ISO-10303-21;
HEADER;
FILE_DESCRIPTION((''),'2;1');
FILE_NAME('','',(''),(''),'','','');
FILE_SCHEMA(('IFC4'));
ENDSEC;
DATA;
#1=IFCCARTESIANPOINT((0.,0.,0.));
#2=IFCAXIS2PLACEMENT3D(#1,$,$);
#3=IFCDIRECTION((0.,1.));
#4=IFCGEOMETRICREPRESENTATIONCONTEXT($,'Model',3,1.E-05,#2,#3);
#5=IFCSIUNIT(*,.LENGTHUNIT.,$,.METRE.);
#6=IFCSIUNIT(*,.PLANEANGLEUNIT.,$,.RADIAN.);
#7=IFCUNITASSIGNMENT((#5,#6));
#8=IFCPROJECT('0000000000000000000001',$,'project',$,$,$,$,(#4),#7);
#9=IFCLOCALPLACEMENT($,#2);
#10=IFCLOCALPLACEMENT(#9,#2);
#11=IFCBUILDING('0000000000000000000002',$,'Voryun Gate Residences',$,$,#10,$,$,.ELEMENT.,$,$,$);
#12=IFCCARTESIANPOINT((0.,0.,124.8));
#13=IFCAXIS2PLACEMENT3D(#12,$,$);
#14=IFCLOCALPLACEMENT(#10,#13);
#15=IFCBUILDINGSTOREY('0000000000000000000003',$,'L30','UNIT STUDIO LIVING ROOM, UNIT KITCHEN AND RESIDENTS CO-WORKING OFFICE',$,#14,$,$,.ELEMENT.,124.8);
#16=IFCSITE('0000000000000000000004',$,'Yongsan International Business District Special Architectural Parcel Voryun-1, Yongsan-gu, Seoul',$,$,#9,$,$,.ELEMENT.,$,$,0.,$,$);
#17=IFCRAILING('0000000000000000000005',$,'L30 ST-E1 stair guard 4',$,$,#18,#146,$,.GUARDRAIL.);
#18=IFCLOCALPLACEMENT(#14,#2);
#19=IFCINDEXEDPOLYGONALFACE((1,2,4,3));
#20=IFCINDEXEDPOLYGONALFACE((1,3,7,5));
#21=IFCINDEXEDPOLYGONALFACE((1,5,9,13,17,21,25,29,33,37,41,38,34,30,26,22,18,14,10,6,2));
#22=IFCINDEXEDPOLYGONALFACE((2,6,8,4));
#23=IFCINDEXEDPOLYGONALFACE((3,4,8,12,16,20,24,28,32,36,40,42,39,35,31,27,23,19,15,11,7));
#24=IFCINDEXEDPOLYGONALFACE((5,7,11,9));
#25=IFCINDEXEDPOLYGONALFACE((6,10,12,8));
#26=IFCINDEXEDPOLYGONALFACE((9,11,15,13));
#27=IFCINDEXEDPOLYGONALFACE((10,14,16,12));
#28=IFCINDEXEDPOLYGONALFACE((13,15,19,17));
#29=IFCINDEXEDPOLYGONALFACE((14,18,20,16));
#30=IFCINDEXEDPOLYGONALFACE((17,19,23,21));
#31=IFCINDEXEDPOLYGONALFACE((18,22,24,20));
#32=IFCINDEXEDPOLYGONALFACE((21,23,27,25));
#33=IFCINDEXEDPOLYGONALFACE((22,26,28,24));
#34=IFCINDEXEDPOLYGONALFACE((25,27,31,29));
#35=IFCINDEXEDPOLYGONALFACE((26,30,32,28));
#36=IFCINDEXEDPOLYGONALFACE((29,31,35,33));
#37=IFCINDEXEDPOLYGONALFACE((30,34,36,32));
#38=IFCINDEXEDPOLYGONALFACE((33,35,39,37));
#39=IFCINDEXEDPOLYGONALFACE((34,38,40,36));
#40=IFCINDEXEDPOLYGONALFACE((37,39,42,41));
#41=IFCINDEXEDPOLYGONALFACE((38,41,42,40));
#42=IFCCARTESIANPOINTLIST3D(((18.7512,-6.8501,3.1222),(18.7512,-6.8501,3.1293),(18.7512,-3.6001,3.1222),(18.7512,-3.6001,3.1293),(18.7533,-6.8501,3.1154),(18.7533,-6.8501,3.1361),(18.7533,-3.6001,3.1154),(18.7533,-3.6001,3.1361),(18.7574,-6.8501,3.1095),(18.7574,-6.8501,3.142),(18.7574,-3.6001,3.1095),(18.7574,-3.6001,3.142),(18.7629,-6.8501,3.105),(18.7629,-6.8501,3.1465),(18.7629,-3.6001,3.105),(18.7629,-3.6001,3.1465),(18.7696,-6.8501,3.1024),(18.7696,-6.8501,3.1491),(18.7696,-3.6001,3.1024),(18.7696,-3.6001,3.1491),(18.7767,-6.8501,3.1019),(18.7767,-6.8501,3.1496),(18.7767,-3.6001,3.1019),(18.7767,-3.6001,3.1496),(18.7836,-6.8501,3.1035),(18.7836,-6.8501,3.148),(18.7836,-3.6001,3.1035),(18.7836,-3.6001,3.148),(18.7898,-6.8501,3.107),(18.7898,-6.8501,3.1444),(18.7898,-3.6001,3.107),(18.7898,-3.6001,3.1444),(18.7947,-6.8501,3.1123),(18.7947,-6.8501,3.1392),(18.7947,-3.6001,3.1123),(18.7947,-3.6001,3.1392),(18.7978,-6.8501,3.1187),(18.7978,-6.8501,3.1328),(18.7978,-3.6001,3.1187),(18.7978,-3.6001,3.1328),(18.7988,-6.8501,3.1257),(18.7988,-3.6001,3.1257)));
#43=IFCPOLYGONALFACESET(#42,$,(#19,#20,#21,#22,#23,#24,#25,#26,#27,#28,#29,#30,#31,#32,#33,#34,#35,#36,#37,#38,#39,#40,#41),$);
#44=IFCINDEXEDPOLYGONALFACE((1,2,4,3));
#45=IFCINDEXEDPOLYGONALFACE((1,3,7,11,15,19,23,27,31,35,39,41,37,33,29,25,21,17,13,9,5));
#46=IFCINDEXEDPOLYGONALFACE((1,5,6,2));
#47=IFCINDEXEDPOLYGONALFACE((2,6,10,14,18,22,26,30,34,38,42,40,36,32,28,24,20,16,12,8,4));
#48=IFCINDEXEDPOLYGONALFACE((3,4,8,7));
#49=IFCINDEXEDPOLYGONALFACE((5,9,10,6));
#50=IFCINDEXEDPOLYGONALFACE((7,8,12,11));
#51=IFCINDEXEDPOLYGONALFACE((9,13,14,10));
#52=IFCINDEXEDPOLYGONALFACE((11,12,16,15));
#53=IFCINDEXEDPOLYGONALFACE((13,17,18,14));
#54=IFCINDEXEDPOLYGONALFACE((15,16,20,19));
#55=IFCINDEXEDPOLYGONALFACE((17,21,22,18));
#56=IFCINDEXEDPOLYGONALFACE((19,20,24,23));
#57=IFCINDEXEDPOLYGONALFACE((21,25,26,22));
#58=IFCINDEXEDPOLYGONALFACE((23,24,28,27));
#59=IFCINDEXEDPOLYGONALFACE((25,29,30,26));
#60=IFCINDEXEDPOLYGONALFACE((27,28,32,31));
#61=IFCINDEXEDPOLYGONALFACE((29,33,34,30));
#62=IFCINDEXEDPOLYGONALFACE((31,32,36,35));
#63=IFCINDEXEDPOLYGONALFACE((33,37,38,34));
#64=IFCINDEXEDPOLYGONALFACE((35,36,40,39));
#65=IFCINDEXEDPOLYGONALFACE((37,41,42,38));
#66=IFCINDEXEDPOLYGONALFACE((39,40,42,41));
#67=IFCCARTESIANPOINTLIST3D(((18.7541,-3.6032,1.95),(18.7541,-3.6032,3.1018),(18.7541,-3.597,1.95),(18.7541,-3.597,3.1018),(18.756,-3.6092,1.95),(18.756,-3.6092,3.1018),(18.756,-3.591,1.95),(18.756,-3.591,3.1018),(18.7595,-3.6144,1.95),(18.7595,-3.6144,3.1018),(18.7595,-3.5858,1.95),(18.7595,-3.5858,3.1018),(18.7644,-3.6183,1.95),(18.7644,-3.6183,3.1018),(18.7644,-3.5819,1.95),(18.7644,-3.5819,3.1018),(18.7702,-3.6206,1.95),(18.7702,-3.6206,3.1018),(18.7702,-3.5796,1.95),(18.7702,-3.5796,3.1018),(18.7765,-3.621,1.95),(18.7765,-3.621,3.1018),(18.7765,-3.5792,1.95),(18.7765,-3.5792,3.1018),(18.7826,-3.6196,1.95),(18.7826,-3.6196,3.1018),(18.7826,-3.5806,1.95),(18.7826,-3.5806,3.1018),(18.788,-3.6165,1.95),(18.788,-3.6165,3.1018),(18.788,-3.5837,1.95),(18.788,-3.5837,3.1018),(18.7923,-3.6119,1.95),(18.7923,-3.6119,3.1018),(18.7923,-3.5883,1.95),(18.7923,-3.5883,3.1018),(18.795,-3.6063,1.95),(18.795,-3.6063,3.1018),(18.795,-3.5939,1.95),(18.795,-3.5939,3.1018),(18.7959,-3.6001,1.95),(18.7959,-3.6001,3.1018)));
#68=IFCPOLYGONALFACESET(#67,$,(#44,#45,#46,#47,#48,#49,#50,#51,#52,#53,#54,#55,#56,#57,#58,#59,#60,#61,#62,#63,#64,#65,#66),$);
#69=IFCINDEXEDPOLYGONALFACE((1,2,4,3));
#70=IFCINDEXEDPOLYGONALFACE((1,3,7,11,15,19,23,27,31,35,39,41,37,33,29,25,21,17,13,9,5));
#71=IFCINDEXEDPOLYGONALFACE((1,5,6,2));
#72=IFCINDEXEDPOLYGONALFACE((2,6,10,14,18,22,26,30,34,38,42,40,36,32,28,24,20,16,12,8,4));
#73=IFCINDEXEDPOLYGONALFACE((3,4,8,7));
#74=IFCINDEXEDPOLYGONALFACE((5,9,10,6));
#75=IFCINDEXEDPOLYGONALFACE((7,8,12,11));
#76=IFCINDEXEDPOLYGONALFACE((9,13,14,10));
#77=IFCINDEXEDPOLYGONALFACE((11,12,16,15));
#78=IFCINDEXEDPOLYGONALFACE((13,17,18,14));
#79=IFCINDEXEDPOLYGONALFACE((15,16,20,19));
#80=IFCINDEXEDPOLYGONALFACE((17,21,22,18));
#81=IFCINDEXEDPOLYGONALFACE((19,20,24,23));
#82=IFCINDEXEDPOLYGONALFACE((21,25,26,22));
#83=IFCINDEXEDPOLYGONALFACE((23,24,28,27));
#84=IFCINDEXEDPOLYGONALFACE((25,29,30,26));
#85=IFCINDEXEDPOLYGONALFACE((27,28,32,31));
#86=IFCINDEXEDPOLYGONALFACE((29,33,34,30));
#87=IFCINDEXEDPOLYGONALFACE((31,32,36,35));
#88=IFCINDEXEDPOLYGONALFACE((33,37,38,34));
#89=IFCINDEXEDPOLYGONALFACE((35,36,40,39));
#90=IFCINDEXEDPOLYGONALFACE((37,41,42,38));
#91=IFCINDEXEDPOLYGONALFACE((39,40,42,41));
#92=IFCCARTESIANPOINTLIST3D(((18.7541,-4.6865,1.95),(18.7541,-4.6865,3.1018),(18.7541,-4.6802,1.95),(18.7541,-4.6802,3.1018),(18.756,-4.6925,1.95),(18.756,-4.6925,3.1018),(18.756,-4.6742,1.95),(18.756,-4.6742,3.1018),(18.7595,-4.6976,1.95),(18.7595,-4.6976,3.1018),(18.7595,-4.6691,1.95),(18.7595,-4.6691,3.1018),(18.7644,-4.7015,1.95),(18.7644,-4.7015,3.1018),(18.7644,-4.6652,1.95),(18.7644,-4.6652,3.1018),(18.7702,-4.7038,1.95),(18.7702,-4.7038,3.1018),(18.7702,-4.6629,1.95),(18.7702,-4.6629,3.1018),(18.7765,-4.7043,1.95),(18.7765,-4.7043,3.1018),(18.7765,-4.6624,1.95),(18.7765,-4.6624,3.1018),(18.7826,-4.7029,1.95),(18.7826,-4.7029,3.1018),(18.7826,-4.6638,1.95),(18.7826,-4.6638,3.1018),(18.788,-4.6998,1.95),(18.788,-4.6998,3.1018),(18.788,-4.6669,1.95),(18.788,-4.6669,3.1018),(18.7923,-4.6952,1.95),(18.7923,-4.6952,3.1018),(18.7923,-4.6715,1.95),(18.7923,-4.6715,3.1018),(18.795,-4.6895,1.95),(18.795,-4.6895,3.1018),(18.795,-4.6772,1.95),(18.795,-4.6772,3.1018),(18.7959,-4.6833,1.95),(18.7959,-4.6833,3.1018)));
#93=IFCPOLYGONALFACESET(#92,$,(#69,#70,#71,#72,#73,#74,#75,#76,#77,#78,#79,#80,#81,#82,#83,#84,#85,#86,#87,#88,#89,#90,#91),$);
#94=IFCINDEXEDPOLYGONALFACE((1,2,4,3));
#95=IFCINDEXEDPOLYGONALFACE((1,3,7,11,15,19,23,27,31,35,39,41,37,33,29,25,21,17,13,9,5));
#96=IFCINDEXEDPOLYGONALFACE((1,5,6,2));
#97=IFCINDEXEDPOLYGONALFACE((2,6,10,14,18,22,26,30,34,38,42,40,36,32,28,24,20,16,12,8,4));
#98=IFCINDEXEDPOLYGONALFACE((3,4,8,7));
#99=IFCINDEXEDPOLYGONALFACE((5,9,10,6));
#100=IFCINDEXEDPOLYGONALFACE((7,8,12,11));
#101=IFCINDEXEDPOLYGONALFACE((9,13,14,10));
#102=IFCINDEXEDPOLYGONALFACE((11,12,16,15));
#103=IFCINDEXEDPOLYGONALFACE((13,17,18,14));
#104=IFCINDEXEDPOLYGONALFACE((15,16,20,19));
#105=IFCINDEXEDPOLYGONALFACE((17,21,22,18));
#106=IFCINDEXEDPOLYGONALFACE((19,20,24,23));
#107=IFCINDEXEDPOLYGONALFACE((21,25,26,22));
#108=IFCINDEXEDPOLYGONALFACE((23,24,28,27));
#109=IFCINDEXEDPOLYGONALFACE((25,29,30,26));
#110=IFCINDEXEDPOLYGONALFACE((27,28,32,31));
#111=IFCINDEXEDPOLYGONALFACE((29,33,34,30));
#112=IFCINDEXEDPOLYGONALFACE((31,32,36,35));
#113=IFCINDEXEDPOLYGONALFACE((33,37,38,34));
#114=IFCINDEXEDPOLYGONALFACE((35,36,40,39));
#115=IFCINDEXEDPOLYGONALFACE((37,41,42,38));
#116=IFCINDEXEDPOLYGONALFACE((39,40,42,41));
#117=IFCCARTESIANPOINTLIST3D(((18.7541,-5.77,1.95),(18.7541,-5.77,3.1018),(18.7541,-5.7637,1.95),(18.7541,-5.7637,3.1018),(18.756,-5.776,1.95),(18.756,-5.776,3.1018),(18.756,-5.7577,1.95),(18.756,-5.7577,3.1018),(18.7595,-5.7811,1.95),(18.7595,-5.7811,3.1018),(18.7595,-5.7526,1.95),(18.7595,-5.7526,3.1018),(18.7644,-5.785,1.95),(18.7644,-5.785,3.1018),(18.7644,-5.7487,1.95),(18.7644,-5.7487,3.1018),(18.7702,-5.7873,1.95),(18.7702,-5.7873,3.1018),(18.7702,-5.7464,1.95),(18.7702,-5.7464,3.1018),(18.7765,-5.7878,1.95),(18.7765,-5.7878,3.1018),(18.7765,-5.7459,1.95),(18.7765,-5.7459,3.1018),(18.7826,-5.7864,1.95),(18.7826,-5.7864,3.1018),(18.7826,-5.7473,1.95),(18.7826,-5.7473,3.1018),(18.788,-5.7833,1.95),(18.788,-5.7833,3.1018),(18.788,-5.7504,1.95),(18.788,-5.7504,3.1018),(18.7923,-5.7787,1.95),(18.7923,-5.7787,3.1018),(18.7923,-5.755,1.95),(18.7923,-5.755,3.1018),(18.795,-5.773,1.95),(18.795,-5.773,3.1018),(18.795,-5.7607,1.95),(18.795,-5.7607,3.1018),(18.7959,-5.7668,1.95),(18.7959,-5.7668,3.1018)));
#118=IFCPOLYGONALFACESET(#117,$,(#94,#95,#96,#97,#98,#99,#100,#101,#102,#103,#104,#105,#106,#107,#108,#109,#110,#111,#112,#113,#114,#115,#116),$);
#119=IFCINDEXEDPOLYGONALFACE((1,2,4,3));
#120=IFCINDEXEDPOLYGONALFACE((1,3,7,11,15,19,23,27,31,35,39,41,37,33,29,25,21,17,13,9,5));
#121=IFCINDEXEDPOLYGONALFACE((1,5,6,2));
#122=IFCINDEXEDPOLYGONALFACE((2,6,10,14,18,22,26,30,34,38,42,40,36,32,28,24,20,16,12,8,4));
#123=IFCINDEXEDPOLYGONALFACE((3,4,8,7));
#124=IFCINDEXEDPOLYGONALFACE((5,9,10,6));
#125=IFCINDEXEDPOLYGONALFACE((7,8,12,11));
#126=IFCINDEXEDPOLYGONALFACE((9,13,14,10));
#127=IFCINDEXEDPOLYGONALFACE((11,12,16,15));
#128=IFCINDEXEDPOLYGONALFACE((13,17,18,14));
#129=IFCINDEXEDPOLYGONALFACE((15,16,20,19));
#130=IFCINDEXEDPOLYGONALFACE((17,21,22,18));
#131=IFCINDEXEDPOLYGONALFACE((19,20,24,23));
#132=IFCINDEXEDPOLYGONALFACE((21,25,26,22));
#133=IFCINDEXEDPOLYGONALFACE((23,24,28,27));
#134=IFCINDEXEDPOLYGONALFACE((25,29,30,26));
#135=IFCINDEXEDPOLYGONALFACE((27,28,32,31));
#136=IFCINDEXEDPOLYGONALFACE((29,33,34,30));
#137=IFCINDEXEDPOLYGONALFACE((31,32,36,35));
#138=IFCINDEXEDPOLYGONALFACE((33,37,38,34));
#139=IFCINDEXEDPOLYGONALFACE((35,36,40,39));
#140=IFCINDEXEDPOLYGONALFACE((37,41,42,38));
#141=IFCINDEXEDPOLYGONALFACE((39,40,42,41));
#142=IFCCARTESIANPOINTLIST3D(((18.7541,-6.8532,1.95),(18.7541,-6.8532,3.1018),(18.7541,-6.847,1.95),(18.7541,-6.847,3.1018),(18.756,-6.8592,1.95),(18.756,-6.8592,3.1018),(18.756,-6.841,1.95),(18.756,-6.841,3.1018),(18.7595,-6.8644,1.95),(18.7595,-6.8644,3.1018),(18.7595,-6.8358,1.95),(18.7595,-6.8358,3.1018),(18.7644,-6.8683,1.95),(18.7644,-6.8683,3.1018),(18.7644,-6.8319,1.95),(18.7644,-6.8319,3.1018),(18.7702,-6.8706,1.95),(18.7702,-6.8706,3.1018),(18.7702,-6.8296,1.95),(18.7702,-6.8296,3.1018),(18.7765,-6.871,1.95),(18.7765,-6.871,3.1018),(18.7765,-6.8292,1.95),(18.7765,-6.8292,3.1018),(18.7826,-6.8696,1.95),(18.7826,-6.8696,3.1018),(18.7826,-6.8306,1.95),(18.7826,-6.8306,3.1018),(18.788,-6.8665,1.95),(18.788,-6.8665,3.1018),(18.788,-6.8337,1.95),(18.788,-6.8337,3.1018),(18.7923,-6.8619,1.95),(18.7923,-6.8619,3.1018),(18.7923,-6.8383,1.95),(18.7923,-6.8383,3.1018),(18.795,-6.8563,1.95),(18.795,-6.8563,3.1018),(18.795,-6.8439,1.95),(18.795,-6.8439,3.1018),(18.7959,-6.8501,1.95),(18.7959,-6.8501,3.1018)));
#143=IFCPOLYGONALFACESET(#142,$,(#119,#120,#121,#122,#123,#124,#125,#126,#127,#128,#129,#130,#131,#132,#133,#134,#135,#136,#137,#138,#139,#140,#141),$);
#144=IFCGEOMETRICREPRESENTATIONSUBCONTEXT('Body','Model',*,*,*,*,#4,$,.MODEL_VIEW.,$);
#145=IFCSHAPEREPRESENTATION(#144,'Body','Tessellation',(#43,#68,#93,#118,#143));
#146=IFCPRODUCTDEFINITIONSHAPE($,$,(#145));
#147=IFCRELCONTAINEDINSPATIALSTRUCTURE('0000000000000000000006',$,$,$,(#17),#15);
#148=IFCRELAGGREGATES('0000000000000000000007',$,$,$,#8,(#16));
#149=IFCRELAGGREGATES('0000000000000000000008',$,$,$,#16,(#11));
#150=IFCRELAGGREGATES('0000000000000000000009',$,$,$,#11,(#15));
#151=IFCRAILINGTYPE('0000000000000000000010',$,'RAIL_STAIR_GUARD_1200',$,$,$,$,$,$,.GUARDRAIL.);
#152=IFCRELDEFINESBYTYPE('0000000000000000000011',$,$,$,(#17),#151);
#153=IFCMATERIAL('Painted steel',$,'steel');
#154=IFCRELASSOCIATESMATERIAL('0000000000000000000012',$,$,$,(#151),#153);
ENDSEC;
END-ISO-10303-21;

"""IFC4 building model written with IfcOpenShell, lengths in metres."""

from ifc_helpers import new_model, si_unit, direction, frame, origin, origin_2d, place, context, subcontext, project, spatial, circle, extrude, material, type_object, element, save


model = new_model("IFC4")

# Units and contexts
model_context = context("Model", 3, precision=1e-05, world=origin(), true_north=direction((0.0, 1.0)))
body_context = subcontext(model_context, "Body", "Model", "MODEL_VIEW")
ifc_project = project(units=[si_unit("LENGTHUNIT", "METRE"), si_unit("PLANEANGLEUNIT", "RADIAN")], contexts=[model_context])

# Site, building, storey
site_placement = place(None, origin())
site = spatial("IfcSite", under=ifc_project, at=site_placement, Name="Yongsan International Business District Special Architectural Parcel Voryun-1, Yongsan-gu, Seoul", CompositionType="ELEMENT", RefElevation=0.0)
building_placement = place(site_placement, origin())
building = spatial("IfcBuilding", under=site, at=building_placement, Name="Voryun Gate Residences", CompositionType="ELEMENT")
storey_placement = place(building_placement, frame((0.0, 0.0, 124.8)))
storey = spatial("IfcBuildingStorey", under=building, at=storey_placement, Name="L30", Description="UNIT STUDIO LIVING ROOM, UNIT KITCHEN AND RESIDENTS CO-WORKING OFFICE", CompositionType="ELEMENT", Elevation=124.8)

# Railing
ifc_material_1 = material(Name="Painted steel", Category="steel")
railing_type_1 = type_object("IfcRailingType", Name="RAIL_STAIR_GUARD_1200", PredefinedType="GUARDRAIL", material=ifc_material_1)
railing_1_placement = place(storey_placement, frame((18.7749, -3.6001, 1.95)))
element("IfcRailing", 1, at=railing_1_placement, inside=storey, type_object=railing_type_1, Name="L30 ST-E1 stair guard 4", PredefinedType="GUARDRAIL", context=body_context, shape_type="SweptSolid", body=[
    extrude(circle(Radius=0.0239, at=origin_2d()), frame((0.0, 0.0, 1.1758), z_axis=(0.0, -1.0, 0.0), x_axis=(1.0, 0.0, 0.0)), (0.0, 0.0, 1.0), 3.25),
    extrude(circle(Radius=0.021, at=origin_2d()), origin(), (0.0, 0.0, 1.0), 1.1519),
    extrude(circle(Radius=0.021, at=origin_2d()), frame((0.0, -1.0833, 0.0)), (0.0, 0.0, 1.0), 1.1519),
    extrude(circle(Radius=0.021, at=origin_2d()), frame((0.0, -2.1667, 0.0)), (0.0, 0.0, 1.0), 1.1519),
    extrude(circle(Radius=0.021, at=origin_2d()), frame((0.0, -3.25, 0.0)), (0.0, 0.0, 1.0), 1.1519),
])

save(model, "model.ifc")
